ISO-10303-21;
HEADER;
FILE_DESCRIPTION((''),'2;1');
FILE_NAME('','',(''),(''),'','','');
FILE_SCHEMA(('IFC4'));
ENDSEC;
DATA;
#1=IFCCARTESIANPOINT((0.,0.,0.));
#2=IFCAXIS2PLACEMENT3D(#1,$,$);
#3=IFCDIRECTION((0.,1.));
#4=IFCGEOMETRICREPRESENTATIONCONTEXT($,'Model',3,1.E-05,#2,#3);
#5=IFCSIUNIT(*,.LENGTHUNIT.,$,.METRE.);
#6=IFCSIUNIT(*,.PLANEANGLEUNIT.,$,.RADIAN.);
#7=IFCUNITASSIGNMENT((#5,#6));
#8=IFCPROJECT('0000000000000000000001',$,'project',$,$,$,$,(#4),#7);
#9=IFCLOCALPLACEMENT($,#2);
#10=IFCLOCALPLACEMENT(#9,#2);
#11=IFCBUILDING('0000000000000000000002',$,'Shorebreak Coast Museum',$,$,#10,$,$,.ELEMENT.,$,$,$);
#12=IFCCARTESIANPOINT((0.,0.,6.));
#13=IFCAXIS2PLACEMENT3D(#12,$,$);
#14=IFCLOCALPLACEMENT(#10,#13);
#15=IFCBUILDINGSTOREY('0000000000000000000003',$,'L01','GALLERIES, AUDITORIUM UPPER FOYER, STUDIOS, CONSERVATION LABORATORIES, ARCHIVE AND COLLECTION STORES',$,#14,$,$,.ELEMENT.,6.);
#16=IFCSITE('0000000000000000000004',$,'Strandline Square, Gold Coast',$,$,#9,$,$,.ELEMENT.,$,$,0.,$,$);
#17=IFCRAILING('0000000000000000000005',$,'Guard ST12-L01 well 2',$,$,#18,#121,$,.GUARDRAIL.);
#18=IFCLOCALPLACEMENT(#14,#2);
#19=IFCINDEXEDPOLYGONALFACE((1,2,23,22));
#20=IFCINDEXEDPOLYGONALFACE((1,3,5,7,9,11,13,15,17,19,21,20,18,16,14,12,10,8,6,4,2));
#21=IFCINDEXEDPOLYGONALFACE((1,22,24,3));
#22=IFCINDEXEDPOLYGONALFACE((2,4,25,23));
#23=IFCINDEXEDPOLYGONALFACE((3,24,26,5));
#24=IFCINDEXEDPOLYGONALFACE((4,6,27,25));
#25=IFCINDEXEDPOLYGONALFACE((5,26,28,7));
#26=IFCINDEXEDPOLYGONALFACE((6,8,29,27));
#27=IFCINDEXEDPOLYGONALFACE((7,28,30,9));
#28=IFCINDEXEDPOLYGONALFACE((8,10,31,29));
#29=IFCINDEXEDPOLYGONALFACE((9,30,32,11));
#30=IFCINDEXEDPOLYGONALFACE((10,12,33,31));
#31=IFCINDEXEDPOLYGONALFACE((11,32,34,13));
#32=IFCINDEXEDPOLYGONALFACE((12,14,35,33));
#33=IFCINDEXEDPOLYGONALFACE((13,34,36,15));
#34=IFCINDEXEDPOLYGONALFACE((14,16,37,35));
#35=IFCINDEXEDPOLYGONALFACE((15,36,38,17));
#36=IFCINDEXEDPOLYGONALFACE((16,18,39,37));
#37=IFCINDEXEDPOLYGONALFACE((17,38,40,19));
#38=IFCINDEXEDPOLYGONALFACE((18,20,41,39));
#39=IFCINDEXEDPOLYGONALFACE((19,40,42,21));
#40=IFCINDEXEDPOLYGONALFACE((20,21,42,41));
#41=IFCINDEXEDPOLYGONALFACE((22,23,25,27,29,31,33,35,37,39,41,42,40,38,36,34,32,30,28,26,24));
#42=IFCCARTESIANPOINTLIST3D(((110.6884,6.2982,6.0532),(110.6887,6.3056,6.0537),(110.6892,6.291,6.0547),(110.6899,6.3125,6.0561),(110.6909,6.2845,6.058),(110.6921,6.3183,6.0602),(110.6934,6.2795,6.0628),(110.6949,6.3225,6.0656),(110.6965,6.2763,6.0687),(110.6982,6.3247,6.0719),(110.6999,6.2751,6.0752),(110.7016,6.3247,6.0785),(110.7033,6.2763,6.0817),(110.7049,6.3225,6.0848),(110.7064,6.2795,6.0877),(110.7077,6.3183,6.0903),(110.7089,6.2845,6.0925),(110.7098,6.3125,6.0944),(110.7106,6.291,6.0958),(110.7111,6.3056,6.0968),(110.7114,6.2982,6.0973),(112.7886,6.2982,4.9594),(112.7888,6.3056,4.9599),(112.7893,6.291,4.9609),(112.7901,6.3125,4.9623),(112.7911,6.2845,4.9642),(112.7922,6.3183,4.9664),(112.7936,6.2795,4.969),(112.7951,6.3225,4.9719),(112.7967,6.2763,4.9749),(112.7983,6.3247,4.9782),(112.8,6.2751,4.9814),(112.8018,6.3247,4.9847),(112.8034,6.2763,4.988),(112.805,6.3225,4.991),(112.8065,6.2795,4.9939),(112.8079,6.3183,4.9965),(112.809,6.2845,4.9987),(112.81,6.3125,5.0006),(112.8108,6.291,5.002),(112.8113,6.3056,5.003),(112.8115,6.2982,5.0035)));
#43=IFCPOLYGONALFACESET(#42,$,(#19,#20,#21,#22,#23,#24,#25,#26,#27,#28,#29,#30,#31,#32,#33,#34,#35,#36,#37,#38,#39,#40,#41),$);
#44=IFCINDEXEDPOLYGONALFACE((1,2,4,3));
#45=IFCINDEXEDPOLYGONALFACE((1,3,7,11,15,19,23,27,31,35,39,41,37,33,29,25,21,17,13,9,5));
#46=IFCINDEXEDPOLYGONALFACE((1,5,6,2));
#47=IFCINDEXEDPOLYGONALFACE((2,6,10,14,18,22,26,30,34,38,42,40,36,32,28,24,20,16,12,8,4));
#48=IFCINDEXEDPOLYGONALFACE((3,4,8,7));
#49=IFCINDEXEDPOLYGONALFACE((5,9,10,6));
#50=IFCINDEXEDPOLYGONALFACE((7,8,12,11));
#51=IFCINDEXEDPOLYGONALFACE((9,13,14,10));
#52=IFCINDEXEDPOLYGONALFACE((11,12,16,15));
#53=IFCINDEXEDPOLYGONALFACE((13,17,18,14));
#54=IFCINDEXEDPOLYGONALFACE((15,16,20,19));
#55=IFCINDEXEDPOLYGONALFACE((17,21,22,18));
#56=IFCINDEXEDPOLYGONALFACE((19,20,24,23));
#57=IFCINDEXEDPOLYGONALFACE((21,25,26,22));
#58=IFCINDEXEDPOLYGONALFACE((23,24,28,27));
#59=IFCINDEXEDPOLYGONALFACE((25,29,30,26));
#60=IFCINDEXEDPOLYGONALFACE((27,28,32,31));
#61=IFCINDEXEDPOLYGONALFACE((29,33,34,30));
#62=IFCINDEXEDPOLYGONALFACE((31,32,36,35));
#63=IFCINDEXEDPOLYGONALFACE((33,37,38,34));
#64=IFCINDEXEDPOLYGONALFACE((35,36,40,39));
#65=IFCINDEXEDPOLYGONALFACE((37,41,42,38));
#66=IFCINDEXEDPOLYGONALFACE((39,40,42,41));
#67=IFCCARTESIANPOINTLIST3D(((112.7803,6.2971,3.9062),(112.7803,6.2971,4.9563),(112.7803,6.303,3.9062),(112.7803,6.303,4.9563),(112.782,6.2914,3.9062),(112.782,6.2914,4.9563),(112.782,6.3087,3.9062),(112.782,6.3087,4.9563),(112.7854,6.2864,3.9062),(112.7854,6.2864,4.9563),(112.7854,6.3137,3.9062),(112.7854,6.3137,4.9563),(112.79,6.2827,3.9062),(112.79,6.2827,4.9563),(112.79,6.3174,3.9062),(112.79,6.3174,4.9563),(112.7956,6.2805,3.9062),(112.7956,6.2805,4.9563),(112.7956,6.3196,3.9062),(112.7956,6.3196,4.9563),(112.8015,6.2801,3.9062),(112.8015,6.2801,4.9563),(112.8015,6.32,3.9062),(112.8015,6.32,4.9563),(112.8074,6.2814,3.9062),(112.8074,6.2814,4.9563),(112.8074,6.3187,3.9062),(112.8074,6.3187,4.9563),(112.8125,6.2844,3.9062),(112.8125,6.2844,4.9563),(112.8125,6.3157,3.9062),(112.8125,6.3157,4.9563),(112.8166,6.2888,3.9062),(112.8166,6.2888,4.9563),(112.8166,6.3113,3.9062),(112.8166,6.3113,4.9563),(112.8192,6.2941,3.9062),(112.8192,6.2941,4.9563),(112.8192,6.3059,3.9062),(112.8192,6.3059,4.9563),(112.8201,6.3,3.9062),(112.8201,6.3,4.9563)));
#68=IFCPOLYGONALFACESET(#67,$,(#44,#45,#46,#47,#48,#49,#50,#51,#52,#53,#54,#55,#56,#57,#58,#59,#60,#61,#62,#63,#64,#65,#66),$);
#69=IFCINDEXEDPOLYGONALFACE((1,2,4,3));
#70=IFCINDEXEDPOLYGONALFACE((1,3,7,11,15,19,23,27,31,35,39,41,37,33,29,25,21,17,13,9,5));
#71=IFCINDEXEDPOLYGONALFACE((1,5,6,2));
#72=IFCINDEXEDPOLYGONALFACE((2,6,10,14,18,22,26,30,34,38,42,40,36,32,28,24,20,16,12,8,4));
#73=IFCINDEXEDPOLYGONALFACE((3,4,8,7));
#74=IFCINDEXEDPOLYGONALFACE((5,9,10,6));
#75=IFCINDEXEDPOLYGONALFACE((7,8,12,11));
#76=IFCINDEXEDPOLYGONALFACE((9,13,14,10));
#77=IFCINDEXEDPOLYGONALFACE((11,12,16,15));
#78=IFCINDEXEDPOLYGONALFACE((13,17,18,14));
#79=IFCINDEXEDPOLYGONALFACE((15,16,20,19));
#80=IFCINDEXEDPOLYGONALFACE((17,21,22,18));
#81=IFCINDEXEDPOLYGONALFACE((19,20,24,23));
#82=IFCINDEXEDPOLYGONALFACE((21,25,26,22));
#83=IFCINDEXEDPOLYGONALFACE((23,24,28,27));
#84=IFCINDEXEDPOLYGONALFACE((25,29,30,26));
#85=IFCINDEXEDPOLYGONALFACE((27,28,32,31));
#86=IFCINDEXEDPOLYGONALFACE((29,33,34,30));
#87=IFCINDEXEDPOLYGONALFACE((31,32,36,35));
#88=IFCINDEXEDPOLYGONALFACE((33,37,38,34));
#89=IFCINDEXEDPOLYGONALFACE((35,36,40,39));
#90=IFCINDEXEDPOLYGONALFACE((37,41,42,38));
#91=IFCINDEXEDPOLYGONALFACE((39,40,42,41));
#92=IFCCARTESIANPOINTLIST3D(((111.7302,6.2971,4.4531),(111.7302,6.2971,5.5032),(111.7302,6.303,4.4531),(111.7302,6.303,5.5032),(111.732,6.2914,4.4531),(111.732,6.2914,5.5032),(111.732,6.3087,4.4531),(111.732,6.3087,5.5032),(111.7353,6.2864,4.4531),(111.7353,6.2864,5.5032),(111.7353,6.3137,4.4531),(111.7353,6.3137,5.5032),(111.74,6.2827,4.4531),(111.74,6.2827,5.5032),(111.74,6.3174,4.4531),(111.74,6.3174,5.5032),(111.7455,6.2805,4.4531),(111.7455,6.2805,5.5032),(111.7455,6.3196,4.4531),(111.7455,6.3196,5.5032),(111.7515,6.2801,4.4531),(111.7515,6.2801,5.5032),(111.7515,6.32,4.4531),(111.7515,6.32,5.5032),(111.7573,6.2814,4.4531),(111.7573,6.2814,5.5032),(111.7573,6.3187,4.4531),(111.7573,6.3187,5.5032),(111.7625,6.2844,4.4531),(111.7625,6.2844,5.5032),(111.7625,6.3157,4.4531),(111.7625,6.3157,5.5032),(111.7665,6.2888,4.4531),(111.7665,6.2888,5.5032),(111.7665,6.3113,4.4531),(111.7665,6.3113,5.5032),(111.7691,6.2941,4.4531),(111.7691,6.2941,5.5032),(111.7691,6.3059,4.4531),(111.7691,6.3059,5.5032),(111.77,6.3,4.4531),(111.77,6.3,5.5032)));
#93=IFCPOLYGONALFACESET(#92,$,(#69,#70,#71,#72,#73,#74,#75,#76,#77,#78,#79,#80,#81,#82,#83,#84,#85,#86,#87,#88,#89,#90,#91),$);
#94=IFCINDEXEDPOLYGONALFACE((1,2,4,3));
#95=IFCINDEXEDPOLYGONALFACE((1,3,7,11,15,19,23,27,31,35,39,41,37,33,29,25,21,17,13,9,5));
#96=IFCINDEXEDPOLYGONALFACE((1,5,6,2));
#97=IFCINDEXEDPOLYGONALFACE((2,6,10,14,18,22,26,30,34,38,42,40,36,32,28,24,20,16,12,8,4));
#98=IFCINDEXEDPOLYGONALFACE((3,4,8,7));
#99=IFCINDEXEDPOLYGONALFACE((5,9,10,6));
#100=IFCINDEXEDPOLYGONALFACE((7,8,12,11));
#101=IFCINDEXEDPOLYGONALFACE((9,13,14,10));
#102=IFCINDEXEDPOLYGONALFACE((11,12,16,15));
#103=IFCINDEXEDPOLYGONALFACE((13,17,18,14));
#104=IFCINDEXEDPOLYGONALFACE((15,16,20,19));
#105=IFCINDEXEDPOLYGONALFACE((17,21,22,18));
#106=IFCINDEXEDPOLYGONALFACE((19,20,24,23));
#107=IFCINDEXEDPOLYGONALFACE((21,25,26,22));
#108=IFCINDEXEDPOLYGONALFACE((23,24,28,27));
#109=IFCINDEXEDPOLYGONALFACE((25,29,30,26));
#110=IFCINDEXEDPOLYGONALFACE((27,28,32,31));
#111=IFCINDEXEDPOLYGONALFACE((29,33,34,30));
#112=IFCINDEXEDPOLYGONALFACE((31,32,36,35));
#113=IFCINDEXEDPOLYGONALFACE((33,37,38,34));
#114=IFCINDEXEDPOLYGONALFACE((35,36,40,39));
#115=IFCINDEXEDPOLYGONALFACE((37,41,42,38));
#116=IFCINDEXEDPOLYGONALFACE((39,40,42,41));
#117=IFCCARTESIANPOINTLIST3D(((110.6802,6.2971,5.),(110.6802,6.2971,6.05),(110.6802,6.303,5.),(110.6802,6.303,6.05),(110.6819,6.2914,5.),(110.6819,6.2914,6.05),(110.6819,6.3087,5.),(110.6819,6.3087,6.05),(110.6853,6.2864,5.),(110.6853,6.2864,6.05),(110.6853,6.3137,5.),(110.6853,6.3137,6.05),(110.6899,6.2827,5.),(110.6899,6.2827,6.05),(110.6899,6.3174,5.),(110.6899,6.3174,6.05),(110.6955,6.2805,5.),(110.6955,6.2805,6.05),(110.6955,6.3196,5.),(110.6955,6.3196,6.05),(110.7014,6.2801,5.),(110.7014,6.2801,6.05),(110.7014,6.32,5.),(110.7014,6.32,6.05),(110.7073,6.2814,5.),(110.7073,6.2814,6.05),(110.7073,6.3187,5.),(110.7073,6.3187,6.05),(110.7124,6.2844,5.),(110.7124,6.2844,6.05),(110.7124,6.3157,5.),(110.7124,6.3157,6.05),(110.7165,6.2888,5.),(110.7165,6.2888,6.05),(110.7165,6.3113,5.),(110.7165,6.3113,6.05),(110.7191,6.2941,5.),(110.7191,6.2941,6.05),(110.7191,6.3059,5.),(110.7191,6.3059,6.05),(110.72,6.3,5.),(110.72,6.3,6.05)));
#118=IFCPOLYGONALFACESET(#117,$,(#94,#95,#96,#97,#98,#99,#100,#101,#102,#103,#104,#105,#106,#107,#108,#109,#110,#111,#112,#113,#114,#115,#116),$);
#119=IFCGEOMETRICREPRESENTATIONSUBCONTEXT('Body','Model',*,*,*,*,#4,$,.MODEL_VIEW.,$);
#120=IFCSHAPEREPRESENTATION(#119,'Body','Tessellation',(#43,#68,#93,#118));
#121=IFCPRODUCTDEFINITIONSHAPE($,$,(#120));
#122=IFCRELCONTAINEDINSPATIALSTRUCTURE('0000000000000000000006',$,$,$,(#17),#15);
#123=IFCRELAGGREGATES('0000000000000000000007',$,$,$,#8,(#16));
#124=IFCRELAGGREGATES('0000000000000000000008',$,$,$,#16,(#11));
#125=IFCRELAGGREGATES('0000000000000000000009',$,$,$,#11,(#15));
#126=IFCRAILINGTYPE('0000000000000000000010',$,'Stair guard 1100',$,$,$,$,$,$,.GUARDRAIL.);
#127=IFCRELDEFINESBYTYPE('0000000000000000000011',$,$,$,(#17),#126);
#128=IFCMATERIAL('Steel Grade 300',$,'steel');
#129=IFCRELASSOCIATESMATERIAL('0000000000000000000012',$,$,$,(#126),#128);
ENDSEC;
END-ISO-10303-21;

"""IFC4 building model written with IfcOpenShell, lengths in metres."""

from ifc_helpers import new_model, si_unit, direction, frame, origin, origin_2d, place, context, subcontext, project, spatial, circle, extrude, material, type_object, element, save


model = new_model("IFC4")

# Units and contexts
model_context = context("Model", 3, precision=1e-05, world=origin(), true_north=direction((0.0, 1.0)))
body_context = subcontext(model_context, "Body", "Model", "MODEL_VIEW")
ifc_project = project(units=[si_unit("LENGTHUNIT", "METRE"), si_unit("PLANEANGLEUNIT", "RADIAN")], contexts=[model_context])

# Site, building, storey
site_placement = place(None, origin())
site = spatial("IfcSite", under=ifc_project, at=site_placement, Name="Strandline Square, Gold Coast", CompositionType="ELEMENT", RefElevation=0.0)
building_placement = place(site_placement, origin())
building = spatial("IfcBuilding", under=site, at=building_placement, Name="Shorebreak Coast Museum", CompositionType="ELEMENT")
storey_placement = place(building_placement, frame((0.0, 0.0, 6.0)))
storey = spatial("IfcBuildingStorey", under=building, at=storey_placement, Name="L01", Description="GALLERIES, AUDITORIUM UPPER FOYER, STUDIOS, CONSERVATION LABORATORIES, ARCHIVE AND COLLECTION STORES", CompositionType="ELEMENT", Elevation=6.0)

# Railing
ifc_material_1 = material(Name="Steel Grade 300", Category="steel")
railing_type_1 = type_object("IfcRailingType", Name="Stair guard 1100", PredefinedType="GUARDRAIL", material=ifc_material_1)
railing_1_placement = place(storey_placement, frame((112.8, 6.3, 3.9062)))
element("IfcRailing", 1, at=railing_1_placement, inside=storey, type_object=railing_type_1, Name="Guard ST12-L01 well 2", PredefinedType="GUARDRAIL", context=body_context, shape_type="SweptSolid", body=[
    extrude(circle(Radius=0.0249, at=origin_2d()), frame((0.0, 0.0, 1.0752), z_axis=(-0.886923, 0.0, 0.461918), x_axis=(0.0, -1.0, 0.0)), (0.0, 0.0, 1.0), 2.3679),
    extrude(circle(Radius=0.02, at=origin_2d()), origin(), (0.0, 0.0, 1.0), 1.05),
    extrude(circle(Radius=0.02, at=origin_2d()), frame((-1.05, 0.0, 0.5469)), (0.0, 0.0, 1.0), 1.05),
    extrude(circle(Radius=0.02, at=origin_2d()), frame((-2.1001, 0.0, 1.0938)), (0.0, 0.0, 1.0), 1.05),
])

save(model, "model.ifc")
